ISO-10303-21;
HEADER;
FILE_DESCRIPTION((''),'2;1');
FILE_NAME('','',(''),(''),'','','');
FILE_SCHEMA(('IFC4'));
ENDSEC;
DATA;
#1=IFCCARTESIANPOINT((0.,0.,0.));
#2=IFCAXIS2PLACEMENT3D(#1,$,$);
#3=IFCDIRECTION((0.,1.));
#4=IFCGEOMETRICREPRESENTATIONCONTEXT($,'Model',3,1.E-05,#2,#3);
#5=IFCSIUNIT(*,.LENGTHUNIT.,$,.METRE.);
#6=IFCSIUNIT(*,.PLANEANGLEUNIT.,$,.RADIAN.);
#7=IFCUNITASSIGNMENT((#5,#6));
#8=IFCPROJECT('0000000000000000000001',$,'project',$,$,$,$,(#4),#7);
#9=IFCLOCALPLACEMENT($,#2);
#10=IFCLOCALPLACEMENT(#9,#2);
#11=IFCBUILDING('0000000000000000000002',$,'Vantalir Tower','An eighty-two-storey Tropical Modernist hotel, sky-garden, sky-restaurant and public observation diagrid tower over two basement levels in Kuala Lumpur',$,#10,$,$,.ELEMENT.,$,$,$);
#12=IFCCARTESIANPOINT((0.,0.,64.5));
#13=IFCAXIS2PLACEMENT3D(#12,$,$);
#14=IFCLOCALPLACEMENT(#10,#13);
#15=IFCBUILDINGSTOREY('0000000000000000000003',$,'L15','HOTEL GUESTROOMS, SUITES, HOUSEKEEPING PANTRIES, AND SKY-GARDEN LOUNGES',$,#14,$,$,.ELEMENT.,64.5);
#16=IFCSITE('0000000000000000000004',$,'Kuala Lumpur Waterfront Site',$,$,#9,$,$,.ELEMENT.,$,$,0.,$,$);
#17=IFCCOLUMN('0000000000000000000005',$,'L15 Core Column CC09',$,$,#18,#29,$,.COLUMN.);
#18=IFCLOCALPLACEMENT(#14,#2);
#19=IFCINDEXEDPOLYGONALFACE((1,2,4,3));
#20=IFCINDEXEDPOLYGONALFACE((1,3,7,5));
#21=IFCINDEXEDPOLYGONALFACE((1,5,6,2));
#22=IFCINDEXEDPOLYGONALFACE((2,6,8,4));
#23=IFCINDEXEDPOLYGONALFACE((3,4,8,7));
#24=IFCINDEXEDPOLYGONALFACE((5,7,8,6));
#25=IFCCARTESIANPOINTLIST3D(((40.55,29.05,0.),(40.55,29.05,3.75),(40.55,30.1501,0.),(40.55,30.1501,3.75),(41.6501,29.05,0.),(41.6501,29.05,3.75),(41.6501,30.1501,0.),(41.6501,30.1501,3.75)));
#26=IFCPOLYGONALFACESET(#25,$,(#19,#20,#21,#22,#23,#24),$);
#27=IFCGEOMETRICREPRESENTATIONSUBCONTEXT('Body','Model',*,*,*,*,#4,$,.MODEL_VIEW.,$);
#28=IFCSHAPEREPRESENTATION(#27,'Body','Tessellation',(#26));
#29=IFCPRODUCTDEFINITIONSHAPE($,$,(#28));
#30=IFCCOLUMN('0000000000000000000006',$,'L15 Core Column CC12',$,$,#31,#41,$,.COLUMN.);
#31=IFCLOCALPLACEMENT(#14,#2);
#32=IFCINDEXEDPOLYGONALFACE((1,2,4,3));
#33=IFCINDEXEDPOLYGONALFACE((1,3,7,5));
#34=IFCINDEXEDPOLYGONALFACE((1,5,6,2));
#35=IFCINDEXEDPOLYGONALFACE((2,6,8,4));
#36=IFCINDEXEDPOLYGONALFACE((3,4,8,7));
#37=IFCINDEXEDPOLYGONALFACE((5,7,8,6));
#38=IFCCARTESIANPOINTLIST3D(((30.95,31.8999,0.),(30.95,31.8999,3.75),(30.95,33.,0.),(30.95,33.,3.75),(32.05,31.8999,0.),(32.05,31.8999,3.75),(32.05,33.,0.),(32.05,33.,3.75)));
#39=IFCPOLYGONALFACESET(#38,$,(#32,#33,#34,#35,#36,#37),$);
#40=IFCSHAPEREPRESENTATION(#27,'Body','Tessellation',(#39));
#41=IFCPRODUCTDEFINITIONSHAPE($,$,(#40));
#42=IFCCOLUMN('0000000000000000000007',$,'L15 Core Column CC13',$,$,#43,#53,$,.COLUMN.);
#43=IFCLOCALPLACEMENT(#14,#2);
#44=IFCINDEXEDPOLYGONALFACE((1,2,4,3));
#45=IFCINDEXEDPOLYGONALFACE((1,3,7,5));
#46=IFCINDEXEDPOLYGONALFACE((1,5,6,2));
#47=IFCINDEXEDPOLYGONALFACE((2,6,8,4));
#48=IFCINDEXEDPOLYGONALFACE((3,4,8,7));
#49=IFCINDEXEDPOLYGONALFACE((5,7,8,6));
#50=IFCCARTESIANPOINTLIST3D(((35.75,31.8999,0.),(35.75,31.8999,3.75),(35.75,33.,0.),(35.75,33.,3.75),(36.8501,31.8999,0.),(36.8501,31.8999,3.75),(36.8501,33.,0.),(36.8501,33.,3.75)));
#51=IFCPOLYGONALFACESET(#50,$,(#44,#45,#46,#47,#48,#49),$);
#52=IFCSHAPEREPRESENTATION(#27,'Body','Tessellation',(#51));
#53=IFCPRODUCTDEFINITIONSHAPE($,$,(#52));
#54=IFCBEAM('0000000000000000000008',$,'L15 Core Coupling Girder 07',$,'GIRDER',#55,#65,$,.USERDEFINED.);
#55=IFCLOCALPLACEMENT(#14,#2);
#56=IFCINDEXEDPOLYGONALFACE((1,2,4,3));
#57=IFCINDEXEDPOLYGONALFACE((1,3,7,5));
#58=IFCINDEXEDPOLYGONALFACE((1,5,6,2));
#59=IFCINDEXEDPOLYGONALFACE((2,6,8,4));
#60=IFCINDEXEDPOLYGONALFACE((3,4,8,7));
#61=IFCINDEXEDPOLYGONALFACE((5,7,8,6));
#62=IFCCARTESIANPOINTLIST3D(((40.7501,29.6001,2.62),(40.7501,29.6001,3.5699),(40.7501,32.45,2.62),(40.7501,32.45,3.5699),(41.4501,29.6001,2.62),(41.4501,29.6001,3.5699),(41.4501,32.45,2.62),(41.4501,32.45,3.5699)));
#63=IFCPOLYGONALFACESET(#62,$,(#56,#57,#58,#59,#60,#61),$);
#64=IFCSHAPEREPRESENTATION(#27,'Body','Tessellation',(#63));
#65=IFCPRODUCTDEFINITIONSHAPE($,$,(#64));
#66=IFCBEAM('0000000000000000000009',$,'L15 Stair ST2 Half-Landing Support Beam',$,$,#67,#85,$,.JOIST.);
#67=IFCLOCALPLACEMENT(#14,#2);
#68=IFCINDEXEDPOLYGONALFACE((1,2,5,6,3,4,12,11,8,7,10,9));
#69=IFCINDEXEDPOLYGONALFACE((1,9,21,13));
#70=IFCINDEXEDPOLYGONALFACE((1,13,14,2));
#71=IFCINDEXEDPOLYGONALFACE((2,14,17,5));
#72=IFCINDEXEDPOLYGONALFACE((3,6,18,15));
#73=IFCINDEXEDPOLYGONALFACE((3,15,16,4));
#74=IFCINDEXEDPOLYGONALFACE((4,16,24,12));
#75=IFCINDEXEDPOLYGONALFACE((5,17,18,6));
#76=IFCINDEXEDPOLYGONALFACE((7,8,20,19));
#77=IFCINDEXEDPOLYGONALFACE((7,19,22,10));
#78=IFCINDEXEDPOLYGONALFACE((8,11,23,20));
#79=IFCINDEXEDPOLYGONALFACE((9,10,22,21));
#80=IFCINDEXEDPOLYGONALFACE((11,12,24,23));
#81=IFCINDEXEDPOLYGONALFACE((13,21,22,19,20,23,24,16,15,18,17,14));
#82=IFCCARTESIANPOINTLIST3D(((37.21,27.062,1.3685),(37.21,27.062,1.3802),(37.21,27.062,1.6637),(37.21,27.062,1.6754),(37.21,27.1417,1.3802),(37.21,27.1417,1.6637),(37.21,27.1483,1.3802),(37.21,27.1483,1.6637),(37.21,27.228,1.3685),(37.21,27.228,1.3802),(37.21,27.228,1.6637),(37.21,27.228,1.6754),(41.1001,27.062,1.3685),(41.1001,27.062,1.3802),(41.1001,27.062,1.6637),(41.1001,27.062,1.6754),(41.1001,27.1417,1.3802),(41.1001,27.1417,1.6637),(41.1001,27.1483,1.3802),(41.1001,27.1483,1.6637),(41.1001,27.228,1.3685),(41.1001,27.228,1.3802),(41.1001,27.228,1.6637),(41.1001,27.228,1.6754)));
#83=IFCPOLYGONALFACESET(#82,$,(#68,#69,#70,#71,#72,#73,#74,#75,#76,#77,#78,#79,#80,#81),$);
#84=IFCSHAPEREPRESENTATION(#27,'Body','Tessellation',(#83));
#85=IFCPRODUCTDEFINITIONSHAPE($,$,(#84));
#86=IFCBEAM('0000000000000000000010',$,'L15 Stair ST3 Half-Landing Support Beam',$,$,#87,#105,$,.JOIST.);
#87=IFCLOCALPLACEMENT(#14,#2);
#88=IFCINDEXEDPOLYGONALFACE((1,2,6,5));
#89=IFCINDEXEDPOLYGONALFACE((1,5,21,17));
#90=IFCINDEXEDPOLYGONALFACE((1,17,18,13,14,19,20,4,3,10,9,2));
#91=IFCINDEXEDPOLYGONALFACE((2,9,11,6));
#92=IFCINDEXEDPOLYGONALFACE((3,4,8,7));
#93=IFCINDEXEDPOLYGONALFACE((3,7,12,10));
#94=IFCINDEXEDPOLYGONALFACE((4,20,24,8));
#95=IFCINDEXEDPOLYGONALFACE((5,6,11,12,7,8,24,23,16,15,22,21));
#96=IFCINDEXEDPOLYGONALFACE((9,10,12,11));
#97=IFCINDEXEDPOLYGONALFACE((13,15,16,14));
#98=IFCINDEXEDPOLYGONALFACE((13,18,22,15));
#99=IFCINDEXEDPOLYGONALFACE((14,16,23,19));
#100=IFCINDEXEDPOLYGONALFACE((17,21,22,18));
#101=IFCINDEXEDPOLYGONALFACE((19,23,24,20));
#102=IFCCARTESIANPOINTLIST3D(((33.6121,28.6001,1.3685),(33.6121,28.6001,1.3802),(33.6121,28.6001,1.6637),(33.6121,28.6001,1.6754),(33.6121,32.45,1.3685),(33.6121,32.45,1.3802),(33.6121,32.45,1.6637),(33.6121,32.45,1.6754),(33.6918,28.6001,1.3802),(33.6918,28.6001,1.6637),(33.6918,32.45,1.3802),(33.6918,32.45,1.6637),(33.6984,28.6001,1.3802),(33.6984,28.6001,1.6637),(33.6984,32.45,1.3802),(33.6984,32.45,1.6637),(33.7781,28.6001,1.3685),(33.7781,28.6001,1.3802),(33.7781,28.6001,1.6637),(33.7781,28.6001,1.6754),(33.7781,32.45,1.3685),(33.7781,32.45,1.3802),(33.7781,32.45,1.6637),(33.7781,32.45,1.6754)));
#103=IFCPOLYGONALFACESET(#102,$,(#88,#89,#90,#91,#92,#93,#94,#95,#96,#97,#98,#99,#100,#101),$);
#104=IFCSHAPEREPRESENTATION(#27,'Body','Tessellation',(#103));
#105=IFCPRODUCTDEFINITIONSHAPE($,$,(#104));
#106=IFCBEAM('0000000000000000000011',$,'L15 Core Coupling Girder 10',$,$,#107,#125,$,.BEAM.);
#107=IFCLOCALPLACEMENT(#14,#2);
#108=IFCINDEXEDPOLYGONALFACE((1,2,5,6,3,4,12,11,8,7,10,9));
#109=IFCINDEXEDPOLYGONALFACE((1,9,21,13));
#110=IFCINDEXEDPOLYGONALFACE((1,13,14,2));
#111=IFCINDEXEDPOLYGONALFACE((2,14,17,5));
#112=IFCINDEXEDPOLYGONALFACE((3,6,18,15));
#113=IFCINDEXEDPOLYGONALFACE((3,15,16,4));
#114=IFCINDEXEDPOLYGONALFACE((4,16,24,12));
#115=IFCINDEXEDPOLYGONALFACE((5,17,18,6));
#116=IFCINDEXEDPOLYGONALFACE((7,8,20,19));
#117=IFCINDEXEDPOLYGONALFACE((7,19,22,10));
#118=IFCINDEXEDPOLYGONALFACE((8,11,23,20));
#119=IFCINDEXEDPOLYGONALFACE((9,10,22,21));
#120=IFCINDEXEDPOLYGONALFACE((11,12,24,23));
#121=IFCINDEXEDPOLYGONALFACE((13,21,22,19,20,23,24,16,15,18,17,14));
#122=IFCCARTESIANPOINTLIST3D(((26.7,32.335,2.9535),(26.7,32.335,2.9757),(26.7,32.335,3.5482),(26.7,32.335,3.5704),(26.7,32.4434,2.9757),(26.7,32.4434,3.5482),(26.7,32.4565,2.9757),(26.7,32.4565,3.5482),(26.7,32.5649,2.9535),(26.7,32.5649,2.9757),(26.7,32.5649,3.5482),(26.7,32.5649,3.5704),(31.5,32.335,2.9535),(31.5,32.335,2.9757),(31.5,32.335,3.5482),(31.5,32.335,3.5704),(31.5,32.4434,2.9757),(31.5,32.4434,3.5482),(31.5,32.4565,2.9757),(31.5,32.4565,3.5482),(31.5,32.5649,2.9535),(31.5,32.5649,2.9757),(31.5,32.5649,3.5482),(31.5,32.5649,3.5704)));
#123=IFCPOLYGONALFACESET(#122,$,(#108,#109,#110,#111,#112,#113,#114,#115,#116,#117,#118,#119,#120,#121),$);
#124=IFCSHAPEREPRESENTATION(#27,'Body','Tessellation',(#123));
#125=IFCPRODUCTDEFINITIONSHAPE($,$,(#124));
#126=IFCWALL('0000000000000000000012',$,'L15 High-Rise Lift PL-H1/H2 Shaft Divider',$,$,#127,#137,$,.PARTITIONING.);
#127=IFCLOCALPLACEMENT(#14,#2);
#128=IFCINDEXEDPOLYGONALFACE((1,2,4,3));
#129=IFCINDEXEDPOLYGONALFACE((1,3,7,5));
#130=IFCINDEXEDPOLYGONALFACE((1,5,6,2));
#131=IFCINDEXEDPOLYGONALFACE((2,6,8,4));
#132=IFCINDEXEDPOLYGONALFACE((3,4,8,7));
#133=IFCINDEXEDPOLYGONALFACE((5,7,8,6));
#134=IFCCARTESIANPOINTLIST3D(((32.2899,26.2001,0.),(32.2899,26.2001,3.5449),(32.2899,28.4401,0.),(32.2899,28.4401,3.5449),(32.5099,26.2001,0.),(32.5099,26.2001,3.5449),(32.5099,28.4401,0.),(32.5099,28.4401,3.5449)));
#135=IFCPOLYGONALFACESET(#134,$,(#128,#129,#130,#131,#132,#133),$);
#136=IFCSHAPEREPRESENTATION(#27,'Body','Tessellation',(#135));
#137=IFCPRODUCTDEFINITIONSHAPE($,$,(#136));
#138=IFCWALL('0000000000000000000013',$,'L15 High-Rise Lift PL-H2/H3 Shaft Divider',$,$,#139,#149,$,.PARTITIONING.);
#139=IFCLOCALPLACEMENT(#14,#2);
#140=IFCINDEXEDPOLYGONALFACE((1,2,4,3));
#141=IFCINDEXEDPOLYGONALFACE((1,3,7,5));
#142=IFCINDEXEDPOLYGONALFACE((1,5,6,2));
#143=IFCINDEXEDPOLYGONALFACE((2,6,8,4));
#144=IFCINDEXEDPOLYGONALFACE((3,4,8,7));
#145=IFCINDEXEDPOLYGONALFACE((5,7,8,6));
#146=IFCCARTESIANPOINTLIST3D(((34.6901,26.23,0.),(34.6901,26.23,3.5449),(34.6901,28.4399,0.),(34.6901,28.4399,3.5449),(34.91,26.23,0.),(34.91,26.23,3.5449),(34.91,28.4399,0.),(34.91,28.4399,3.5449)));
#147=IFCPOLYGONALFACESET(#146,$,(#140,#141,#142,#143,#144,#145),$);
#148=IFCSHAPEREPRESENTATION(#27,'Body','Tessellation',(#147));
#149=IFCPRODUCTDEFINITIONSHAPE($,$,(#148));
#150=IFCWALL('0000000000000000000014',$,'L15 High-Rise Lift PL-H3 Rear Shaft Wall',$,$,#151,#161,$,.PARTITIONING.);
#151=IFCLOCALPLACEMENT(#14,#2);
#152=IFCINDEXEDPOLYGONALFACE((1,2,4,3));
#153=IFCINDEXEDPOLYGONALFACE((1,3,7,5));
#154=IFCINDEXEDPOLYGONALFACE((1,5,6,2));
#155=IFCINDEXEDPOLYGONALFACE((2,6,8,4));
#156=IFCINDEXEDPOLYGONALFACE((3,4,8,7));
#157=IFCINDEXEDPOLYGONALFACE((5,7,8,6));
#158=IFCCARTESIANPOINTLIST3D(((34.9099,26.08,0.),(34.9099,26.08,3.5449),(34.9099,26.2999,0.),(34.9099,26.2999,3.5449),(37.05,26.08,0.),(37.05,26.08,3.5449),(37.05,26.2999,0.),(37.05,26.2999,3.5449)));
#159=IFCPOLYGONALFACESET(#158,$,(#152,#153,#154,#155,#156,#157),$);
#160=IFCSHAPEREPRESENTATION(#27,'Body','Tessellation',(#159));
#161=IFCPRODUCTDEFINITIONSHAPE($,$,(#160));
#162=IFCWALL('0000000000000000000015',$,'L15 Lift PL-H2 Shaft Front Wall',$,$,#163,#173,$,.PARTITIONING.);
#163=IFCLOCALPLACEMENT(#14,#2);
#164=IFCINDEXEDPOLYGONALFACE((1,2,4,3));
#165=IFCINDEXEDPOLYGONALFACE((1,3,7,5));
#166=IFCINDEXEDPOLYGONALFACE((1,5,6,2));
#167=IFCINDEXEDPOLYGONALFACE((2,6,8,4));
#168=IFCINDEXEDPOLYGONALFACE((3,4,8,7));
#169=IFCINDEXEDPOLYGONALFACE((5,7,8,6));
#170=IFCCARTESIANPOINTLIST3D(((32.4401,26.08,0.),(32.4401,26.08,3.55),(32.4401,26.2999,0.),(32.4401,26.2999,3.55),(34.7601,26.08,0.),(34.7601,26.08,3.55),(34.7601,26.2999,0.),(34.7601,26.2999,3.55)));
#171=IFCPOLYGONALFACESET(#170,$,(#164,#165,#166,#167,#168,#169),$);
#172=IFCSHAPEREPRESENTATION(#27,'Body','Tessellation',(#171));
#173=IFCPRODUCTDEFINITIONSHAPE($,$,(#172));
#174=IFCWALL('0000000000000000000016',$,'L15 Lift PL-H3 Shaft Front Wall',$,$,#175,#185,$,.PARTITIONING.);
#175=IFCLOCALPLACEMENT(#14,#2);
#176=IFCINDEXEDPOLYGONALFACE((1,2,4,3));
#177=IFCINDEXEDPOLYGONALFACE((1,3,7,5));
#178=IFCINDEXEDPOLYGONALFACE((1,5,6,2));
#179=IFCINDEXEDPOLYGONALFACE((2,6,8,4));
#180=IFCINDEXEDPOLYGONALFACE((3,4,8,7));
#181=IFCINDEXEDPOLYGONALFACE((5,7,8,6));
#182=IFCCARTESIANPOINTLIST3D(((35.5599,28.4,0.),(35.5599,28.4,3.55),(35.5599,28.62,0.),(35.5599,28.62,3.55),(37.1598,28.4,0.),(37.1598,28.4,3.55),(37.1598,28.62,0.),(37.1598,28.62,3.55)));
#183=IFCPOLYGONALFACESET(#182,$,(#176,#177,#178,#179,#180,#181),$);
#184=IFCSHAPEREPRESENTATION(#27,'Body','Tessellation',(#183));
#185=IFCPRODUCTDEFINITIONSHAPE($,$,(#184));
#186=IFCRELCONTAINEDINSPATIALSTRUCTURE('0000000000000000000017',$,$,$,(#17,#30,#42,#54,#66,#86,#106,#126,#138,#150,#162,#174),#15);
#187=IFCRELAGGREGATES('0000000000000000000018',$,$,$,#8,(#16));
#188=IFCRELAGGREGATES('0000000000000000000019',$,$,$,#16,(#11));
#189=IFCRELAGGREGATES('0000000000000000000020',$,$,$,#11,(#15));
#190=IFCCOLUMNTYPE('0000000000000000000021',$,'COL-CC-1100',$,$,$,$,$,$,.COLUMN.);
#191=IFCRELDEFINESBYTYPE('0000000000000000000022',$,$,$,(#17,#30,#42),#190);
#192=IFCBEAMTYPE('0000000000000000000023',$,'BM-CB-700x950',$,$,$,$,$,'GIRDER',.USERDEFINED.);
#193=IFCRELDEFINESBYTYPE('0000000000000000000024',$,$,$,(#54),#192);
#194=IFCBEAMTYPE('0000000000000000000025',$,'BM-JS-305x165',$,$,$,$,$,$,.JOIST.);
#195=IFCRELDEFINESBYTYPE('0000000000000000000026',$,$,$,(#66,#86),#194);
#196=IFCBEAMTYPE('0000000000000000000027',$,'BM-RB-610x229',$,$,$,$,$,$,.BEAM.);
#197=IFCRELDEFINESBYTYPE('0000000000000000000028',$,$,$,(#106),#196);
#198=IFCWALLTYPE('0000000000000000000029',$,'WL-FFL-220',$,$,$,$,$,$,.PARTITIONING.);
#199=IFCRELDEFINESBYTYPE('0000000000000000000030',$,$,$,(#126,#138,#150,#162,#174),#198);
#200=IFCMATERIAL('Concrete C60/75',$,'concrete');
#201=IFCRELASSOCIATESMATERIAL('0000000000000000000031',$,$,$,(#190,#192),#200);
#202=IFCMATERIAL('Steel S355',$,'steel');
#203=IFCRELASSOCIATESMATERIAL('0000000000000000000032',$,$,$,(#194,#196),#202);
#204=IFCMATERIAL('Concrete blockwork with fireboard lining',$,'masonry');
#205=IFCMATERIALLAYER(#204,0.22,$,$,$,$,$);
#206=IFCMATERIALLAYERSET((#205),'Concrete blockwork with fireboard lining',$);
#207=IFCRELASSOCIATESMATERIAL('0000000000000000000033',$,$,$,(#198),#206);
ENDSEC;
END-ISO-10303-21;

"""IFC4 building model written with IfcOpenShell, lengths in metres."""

from ifc_helpers import new_model, si_unit, direction, frame, frame_2d, origin, origin_2d, place, context, subcontext, project, spatial, rectangle, i_section, extrude, material, layer, layer_set, material_profile, profile_set, type_object, element, save


model = new_model("IFC4")

# Units and contexts
model_context = context("Model", 3, precision=1e-05, world=origin(), true_north=direction((0.0, 1.0)))
body_context = subcontext(model_context, "Body", "Model", "MODEL_VIEW")
ifc_project = project(units=[si_unit("LENGTHUNIT", "METRE"), si_unit("PLANEANGLEUNIT", "RADIAN")], contexts=[model_context])

# Site, building, storey
site_placement = place(None, origin())
site = spatial("IfcSite", under=ifc_project, at=site_placement, Name="Kuala Lumpur Waterfront Site", CompositionType="ELEMENT", RefElevation=0.0)
building_placement = place(site_placement, origin())
building = spatial("IfcBuilding", under=site, at=building_placement, Name="Vantalir Tower", Description="An eighty-two-storey Tropical Modernist hotel, sky-garden, sky-restaurant and public observation diagrid tower over two basement levels in Kuala Lumpur", CompositionType="ELEMENT")
storey_placement = place(building_placement, frame((0.0, 0.0, 64.5)))
storey = spatial("IfcBuildingStorey", under=building, at=storey_placement, Name="L15", Description="HOTEL GUESTROOMS, SUITES, HOUSEKEEPING PANTRIES, AND SKY-GARDEN LOUNGES", CompositionType="ELEMENT", Elevation=64.5)

# Columns
ifc_material_1 = material(Name="Concrete C60/75", Category="concrete")
ifc_material_profile_1 = material_profile(ifc_material_1, rectangle(XDim=1.1001, YDim=1.1001, at=origin_2d()), Name="Concrete C60/75")
ifc_profile_set_1 = profile_set([ifc_material_profile_1], Name="Concrete C60/75")
column_type = type_object("IfcColumnType", Name="COL-CC-1100", PredefinedType="COLUMN", material=ifc_profile_set_1)
for number, where, z_axis, x_axis, name in (
    (1, (41.1001, 29.6001, 0.0), (0.0, 0.0, 1.0), (1.0, 0.0, 0.0), "L15 Core Column CC09"),
    (2, (31.5, 32.45, 0.0), (0.0, 0.0, 1.0), (1.0, 0.0, 0.0), "L15 Core Column CC12"),
    (3, (36.3, 32.45, 0.0), (0.0, 0.0, 1.0), (1.0, 0.0, 0.0), "L15 Core Column CC13"),
):
    element("IfcColumn", number, at=place(storey_placement, frame(where, z_axis=z_axis, x_axis=x_axis)), inside=storey, type_object=column_type, Name=name, PredefinedType="COLUMN", context=body_context, shape_type="SweptSolid", body=[
        extrude(rectangle(XDim=1.1001, YDim=1.1001, at=origin_2d()), origin(), (0.0, 0.0, 1.0), 3.75),
    ])

# Beams
ifc_material_profile_2 = material_profile(ifc_material_1, rectangle(XDim=0.7, YDim=0.95, at=origin_2d()), Name="Concrete C60/75")
ifc_profile_set_2 = profile_set([ifc_material_profile_2], Name="Concrete C60/75")
beam_type_1 = type_object("IfcBeamType", Name="BM-CB-700x950", ElementType="GIRDER", PredefinedType="USERDEFINED", material=ifc_profile_set_2)
beam_1_placement = place(storey_placement, frame((41.1001, 29.6001, 3.095), z_axis=(0.0, 1.0, 0.0), x_axis=(-1.0, 0.0, 0.0)))
element("IfcBeam", 4, at=beam_1_placement, inside=storey, type_object=beam_type_1, Name="L15 Core Coupling Girder 07", ObjectType="GIRDER", PredefinedType="USERDEFINED", context=body_context, shape_type="SweptSolid", body=[
    extrude(rectangle(XDim=0.7, YDim=0.95, at=origin_2d()), origin(), (0.0, 0.0, 1.0), 2.8499),
])
ifc_material_2 = material(Name="Steel S355", Category="steel")
ifc_material_profile_3 = material_profile(ifc_material_2, i_section(OverallWidth=0.166, OverallDepth=0.3069, WebThickness=0.0066, FlangeThickness=0.0117, at=origin_2d()), Name="Steel S355")
ifc_profile_set_3 = profile_set([ifc_material_profile_3], Name="Steel S355")
beam_type_2 = type_object("IfcBeamType", Name="BM-JS-305x165", PredefinedType="JOIST", material=ifc_profile_set_3)
beam_2_placement = place(storey_placement, frame((37.21, 27.145, 1.522), z_axis=(1.0, 0.0, 0.0), x_axis=(0.0, 1.0, 0.0)))
element("IfcBeam", 5, at=beam_2_placement, inside=storey, type_object=beam_type_2, Name="L15 Stair ST2 Half-Landing Support Beam", PredefinedType="JOIST", context=body_context, shape_type="SweptSolid", body=[
    extrude(i_section(OverallWidth=0.166, OverallDepth=0.3069, WebThickness=0.0066, FlangeThickness=0.0117, at=origin_2d()), origin(), (0.0, 0.0, 1.0), 3.8901),
])
beam_3_placement = place(storey_placement, frame((33.6951, 28.6001, 1.522), z_axis=(0.0, 1.0, 0.0), x_axis=(-1.0, 0.0, 0.0)))
element("IfcBeam", 6, at=beam_3_placement, inside=storey, type_object=beam_type_2, Name="L15 Stair ST3 Half-Landing Support Beam", PredefinedType="JOIST", context=body_context, shape_type="SweptSolid", body=[
    extrude(i_section(OverallWidth=0.166, OverallDepth=0.3069, WebThickness=0.0066, FlangeThickness=0.0117, at=origin_2d()), origin(), (0.0, 0.0, 1.0), 3.8499),
])
ifc_material_profile_4 = material_profile(ifc_material_2, i_section(OverallWidth=0.23, OverallDepth=0.6169, WebThickness=0.0132, FlangeThickness=0.0222, at=origin_2d()), Name="Steel S355")
ifc_profile_set_4 = profile_set([ifc_material_profile_4], Name="Steel S355")
beam_type_3 = type_object("IfcBeamType", Name="BM-RB-610x229", PredefinedType="BEAM", material=ifc_profile_set_4)
beam_4_placement = place(storey_placement, frame((31.5, 32.45, 3.262), z_axis=(-1.0, 0.0, 0.0), x_axis=(0.0, -1.0, 0.0)))
element("IfcBeam", 7, at=beam_4_placement, inside=storey, type_object=beam_type_3, Name="L15 Core Coupling Girder 10", PredefinedType="BEAM", context=body_context, shape_type="SweptSolid", body=[
    extrude(i_section(OverallWidth=0.23, OverallDepth=0.6169, WebThickness=0.0132, FlangeThickness=0.0222, at=origin_2d()), origin(), (0.0, 0.0, 1.0), 4.8),
])

# Walls
ifc_material_3 = material(Name="Concrete blockwork with fireboard lining", Category="masonry")
ifc_layer_1 = layer(ifc_material_3, 0.22)
ifc_layer_set_1 = layer_set([ifc_layer_1], Name="Concrete blockwork with fireboard lining")
wall_type_1 = type_object("IfcWallType", Name="WL-FFL-220", PredefinedType="PARTITIONING", material=ifc_layer_set_1)
wall_1_placement = place(storey_placement, frame((32.3999, 26.2, 0.0), z_axis=(0.0, 0.0, 1.0), x_axis=(0.0, 1.0, 0.0)))
element("IfcWall", 8, at=wall_1_placement, inside=storey, type_object=wall_type_1, Name="L15 High-Rise Lift PL-H1/H2 Shaft Divider", PredefinedType="PARTITIONING", context=body_context, shape_type="SweptSolid", body=[
    extrude(rectangle(XDim=2.24, YDim=0.22, at=frame_2d((1.1201, 0.0))), origin(), (0.0, 0.0, 1.0), 3.5449),
])
wall_2_placement = place(storey_placement, frame((34.8, 26.23, 0.0), z_axis=(0.0, 0.0, 1.0), x_axis=(0.0, 1.0, 0.0)))
element("IfcWall", 9, at=wall_2_placement, inside=storey, type_object=wall_type_1, Name="L15 High-Rise Lift PL-H2/H3 Shaft Divider", PredefinedType="PARTITIONING", context=body_context, shape_type="SweptSolid", body=[
    extrude(rectangle(XDim=2.21, YDim=0.22, at=frame_2d((1.105, 0.0))), origin(), (0.0, 0.0, 1.0), 3.5449),
])
wall_3_placement = place(storey_placement, frame((34.9099, 26.1899, 0.0), z_axis=(0.0, 0.0, 1.0), x_axis=(1.0, 0.0, 0.0)))
element("IfcWall", 10, at=wall_3_placement, inside=storey, type_object=wall_type_1, Name="L15 High-Rise Lift PL-H3 Rear Shaft Wall", PredefinedType="PARTITIONING", context=body_context, shape_type="SweptSolid", body=[
    extrude(rectangle(XDim=2.1401, YDim=0.22, at=frame_2d((1.0701, 0.0))), origin(), (0.0, 0.0, 1.0), 3.5449),
])
wall_4_placement = place(storey_placement, frame((32.4399, 26.1899, 0.0), z_axis=(0.0, 0.0, 1.0), x_axis=(1.0, 0.0, 0.0)))
element("IfcWall", 11, at=wall_4_placement, inside=storey, type_object=wall_type_1, Name="L15 Lift PL-H2 Shaft Front Wall", PredefinedType="PARTITIONING", context=body_context, shape_type="SweptSolid", body=[
    extrude(rectangle(XDim=2.3201, YDim=0.22, at=frame_2d((1.1602, 0.0))), origin(), (0.0, 0.0, 1.0), 3.55),
])
wall_5_placement = place(storey_placement, frame((35.5601, 28.51, 0.0), z_axis=(0.0, 0.0, 1.0), x_axis=(1.0, 0.0, 0.0)))
element("IfcWall", 12, at=wall_5_placement, inside=storey, type_object=wall_type_1, Name="L15 Lift PL-H3 Shaft Front Wall", PredefinedType="PARTITIONING", context=body_context, shape_type="SweptSolid", body=[
    extrude(rectangle(XDim=1.5999, YDim=0.22, at=frame_2d((0.7998, 0.0))), origin(), (0.0, 0.0, 1.0), 3.55),
])

save(model, "model.ifc")
